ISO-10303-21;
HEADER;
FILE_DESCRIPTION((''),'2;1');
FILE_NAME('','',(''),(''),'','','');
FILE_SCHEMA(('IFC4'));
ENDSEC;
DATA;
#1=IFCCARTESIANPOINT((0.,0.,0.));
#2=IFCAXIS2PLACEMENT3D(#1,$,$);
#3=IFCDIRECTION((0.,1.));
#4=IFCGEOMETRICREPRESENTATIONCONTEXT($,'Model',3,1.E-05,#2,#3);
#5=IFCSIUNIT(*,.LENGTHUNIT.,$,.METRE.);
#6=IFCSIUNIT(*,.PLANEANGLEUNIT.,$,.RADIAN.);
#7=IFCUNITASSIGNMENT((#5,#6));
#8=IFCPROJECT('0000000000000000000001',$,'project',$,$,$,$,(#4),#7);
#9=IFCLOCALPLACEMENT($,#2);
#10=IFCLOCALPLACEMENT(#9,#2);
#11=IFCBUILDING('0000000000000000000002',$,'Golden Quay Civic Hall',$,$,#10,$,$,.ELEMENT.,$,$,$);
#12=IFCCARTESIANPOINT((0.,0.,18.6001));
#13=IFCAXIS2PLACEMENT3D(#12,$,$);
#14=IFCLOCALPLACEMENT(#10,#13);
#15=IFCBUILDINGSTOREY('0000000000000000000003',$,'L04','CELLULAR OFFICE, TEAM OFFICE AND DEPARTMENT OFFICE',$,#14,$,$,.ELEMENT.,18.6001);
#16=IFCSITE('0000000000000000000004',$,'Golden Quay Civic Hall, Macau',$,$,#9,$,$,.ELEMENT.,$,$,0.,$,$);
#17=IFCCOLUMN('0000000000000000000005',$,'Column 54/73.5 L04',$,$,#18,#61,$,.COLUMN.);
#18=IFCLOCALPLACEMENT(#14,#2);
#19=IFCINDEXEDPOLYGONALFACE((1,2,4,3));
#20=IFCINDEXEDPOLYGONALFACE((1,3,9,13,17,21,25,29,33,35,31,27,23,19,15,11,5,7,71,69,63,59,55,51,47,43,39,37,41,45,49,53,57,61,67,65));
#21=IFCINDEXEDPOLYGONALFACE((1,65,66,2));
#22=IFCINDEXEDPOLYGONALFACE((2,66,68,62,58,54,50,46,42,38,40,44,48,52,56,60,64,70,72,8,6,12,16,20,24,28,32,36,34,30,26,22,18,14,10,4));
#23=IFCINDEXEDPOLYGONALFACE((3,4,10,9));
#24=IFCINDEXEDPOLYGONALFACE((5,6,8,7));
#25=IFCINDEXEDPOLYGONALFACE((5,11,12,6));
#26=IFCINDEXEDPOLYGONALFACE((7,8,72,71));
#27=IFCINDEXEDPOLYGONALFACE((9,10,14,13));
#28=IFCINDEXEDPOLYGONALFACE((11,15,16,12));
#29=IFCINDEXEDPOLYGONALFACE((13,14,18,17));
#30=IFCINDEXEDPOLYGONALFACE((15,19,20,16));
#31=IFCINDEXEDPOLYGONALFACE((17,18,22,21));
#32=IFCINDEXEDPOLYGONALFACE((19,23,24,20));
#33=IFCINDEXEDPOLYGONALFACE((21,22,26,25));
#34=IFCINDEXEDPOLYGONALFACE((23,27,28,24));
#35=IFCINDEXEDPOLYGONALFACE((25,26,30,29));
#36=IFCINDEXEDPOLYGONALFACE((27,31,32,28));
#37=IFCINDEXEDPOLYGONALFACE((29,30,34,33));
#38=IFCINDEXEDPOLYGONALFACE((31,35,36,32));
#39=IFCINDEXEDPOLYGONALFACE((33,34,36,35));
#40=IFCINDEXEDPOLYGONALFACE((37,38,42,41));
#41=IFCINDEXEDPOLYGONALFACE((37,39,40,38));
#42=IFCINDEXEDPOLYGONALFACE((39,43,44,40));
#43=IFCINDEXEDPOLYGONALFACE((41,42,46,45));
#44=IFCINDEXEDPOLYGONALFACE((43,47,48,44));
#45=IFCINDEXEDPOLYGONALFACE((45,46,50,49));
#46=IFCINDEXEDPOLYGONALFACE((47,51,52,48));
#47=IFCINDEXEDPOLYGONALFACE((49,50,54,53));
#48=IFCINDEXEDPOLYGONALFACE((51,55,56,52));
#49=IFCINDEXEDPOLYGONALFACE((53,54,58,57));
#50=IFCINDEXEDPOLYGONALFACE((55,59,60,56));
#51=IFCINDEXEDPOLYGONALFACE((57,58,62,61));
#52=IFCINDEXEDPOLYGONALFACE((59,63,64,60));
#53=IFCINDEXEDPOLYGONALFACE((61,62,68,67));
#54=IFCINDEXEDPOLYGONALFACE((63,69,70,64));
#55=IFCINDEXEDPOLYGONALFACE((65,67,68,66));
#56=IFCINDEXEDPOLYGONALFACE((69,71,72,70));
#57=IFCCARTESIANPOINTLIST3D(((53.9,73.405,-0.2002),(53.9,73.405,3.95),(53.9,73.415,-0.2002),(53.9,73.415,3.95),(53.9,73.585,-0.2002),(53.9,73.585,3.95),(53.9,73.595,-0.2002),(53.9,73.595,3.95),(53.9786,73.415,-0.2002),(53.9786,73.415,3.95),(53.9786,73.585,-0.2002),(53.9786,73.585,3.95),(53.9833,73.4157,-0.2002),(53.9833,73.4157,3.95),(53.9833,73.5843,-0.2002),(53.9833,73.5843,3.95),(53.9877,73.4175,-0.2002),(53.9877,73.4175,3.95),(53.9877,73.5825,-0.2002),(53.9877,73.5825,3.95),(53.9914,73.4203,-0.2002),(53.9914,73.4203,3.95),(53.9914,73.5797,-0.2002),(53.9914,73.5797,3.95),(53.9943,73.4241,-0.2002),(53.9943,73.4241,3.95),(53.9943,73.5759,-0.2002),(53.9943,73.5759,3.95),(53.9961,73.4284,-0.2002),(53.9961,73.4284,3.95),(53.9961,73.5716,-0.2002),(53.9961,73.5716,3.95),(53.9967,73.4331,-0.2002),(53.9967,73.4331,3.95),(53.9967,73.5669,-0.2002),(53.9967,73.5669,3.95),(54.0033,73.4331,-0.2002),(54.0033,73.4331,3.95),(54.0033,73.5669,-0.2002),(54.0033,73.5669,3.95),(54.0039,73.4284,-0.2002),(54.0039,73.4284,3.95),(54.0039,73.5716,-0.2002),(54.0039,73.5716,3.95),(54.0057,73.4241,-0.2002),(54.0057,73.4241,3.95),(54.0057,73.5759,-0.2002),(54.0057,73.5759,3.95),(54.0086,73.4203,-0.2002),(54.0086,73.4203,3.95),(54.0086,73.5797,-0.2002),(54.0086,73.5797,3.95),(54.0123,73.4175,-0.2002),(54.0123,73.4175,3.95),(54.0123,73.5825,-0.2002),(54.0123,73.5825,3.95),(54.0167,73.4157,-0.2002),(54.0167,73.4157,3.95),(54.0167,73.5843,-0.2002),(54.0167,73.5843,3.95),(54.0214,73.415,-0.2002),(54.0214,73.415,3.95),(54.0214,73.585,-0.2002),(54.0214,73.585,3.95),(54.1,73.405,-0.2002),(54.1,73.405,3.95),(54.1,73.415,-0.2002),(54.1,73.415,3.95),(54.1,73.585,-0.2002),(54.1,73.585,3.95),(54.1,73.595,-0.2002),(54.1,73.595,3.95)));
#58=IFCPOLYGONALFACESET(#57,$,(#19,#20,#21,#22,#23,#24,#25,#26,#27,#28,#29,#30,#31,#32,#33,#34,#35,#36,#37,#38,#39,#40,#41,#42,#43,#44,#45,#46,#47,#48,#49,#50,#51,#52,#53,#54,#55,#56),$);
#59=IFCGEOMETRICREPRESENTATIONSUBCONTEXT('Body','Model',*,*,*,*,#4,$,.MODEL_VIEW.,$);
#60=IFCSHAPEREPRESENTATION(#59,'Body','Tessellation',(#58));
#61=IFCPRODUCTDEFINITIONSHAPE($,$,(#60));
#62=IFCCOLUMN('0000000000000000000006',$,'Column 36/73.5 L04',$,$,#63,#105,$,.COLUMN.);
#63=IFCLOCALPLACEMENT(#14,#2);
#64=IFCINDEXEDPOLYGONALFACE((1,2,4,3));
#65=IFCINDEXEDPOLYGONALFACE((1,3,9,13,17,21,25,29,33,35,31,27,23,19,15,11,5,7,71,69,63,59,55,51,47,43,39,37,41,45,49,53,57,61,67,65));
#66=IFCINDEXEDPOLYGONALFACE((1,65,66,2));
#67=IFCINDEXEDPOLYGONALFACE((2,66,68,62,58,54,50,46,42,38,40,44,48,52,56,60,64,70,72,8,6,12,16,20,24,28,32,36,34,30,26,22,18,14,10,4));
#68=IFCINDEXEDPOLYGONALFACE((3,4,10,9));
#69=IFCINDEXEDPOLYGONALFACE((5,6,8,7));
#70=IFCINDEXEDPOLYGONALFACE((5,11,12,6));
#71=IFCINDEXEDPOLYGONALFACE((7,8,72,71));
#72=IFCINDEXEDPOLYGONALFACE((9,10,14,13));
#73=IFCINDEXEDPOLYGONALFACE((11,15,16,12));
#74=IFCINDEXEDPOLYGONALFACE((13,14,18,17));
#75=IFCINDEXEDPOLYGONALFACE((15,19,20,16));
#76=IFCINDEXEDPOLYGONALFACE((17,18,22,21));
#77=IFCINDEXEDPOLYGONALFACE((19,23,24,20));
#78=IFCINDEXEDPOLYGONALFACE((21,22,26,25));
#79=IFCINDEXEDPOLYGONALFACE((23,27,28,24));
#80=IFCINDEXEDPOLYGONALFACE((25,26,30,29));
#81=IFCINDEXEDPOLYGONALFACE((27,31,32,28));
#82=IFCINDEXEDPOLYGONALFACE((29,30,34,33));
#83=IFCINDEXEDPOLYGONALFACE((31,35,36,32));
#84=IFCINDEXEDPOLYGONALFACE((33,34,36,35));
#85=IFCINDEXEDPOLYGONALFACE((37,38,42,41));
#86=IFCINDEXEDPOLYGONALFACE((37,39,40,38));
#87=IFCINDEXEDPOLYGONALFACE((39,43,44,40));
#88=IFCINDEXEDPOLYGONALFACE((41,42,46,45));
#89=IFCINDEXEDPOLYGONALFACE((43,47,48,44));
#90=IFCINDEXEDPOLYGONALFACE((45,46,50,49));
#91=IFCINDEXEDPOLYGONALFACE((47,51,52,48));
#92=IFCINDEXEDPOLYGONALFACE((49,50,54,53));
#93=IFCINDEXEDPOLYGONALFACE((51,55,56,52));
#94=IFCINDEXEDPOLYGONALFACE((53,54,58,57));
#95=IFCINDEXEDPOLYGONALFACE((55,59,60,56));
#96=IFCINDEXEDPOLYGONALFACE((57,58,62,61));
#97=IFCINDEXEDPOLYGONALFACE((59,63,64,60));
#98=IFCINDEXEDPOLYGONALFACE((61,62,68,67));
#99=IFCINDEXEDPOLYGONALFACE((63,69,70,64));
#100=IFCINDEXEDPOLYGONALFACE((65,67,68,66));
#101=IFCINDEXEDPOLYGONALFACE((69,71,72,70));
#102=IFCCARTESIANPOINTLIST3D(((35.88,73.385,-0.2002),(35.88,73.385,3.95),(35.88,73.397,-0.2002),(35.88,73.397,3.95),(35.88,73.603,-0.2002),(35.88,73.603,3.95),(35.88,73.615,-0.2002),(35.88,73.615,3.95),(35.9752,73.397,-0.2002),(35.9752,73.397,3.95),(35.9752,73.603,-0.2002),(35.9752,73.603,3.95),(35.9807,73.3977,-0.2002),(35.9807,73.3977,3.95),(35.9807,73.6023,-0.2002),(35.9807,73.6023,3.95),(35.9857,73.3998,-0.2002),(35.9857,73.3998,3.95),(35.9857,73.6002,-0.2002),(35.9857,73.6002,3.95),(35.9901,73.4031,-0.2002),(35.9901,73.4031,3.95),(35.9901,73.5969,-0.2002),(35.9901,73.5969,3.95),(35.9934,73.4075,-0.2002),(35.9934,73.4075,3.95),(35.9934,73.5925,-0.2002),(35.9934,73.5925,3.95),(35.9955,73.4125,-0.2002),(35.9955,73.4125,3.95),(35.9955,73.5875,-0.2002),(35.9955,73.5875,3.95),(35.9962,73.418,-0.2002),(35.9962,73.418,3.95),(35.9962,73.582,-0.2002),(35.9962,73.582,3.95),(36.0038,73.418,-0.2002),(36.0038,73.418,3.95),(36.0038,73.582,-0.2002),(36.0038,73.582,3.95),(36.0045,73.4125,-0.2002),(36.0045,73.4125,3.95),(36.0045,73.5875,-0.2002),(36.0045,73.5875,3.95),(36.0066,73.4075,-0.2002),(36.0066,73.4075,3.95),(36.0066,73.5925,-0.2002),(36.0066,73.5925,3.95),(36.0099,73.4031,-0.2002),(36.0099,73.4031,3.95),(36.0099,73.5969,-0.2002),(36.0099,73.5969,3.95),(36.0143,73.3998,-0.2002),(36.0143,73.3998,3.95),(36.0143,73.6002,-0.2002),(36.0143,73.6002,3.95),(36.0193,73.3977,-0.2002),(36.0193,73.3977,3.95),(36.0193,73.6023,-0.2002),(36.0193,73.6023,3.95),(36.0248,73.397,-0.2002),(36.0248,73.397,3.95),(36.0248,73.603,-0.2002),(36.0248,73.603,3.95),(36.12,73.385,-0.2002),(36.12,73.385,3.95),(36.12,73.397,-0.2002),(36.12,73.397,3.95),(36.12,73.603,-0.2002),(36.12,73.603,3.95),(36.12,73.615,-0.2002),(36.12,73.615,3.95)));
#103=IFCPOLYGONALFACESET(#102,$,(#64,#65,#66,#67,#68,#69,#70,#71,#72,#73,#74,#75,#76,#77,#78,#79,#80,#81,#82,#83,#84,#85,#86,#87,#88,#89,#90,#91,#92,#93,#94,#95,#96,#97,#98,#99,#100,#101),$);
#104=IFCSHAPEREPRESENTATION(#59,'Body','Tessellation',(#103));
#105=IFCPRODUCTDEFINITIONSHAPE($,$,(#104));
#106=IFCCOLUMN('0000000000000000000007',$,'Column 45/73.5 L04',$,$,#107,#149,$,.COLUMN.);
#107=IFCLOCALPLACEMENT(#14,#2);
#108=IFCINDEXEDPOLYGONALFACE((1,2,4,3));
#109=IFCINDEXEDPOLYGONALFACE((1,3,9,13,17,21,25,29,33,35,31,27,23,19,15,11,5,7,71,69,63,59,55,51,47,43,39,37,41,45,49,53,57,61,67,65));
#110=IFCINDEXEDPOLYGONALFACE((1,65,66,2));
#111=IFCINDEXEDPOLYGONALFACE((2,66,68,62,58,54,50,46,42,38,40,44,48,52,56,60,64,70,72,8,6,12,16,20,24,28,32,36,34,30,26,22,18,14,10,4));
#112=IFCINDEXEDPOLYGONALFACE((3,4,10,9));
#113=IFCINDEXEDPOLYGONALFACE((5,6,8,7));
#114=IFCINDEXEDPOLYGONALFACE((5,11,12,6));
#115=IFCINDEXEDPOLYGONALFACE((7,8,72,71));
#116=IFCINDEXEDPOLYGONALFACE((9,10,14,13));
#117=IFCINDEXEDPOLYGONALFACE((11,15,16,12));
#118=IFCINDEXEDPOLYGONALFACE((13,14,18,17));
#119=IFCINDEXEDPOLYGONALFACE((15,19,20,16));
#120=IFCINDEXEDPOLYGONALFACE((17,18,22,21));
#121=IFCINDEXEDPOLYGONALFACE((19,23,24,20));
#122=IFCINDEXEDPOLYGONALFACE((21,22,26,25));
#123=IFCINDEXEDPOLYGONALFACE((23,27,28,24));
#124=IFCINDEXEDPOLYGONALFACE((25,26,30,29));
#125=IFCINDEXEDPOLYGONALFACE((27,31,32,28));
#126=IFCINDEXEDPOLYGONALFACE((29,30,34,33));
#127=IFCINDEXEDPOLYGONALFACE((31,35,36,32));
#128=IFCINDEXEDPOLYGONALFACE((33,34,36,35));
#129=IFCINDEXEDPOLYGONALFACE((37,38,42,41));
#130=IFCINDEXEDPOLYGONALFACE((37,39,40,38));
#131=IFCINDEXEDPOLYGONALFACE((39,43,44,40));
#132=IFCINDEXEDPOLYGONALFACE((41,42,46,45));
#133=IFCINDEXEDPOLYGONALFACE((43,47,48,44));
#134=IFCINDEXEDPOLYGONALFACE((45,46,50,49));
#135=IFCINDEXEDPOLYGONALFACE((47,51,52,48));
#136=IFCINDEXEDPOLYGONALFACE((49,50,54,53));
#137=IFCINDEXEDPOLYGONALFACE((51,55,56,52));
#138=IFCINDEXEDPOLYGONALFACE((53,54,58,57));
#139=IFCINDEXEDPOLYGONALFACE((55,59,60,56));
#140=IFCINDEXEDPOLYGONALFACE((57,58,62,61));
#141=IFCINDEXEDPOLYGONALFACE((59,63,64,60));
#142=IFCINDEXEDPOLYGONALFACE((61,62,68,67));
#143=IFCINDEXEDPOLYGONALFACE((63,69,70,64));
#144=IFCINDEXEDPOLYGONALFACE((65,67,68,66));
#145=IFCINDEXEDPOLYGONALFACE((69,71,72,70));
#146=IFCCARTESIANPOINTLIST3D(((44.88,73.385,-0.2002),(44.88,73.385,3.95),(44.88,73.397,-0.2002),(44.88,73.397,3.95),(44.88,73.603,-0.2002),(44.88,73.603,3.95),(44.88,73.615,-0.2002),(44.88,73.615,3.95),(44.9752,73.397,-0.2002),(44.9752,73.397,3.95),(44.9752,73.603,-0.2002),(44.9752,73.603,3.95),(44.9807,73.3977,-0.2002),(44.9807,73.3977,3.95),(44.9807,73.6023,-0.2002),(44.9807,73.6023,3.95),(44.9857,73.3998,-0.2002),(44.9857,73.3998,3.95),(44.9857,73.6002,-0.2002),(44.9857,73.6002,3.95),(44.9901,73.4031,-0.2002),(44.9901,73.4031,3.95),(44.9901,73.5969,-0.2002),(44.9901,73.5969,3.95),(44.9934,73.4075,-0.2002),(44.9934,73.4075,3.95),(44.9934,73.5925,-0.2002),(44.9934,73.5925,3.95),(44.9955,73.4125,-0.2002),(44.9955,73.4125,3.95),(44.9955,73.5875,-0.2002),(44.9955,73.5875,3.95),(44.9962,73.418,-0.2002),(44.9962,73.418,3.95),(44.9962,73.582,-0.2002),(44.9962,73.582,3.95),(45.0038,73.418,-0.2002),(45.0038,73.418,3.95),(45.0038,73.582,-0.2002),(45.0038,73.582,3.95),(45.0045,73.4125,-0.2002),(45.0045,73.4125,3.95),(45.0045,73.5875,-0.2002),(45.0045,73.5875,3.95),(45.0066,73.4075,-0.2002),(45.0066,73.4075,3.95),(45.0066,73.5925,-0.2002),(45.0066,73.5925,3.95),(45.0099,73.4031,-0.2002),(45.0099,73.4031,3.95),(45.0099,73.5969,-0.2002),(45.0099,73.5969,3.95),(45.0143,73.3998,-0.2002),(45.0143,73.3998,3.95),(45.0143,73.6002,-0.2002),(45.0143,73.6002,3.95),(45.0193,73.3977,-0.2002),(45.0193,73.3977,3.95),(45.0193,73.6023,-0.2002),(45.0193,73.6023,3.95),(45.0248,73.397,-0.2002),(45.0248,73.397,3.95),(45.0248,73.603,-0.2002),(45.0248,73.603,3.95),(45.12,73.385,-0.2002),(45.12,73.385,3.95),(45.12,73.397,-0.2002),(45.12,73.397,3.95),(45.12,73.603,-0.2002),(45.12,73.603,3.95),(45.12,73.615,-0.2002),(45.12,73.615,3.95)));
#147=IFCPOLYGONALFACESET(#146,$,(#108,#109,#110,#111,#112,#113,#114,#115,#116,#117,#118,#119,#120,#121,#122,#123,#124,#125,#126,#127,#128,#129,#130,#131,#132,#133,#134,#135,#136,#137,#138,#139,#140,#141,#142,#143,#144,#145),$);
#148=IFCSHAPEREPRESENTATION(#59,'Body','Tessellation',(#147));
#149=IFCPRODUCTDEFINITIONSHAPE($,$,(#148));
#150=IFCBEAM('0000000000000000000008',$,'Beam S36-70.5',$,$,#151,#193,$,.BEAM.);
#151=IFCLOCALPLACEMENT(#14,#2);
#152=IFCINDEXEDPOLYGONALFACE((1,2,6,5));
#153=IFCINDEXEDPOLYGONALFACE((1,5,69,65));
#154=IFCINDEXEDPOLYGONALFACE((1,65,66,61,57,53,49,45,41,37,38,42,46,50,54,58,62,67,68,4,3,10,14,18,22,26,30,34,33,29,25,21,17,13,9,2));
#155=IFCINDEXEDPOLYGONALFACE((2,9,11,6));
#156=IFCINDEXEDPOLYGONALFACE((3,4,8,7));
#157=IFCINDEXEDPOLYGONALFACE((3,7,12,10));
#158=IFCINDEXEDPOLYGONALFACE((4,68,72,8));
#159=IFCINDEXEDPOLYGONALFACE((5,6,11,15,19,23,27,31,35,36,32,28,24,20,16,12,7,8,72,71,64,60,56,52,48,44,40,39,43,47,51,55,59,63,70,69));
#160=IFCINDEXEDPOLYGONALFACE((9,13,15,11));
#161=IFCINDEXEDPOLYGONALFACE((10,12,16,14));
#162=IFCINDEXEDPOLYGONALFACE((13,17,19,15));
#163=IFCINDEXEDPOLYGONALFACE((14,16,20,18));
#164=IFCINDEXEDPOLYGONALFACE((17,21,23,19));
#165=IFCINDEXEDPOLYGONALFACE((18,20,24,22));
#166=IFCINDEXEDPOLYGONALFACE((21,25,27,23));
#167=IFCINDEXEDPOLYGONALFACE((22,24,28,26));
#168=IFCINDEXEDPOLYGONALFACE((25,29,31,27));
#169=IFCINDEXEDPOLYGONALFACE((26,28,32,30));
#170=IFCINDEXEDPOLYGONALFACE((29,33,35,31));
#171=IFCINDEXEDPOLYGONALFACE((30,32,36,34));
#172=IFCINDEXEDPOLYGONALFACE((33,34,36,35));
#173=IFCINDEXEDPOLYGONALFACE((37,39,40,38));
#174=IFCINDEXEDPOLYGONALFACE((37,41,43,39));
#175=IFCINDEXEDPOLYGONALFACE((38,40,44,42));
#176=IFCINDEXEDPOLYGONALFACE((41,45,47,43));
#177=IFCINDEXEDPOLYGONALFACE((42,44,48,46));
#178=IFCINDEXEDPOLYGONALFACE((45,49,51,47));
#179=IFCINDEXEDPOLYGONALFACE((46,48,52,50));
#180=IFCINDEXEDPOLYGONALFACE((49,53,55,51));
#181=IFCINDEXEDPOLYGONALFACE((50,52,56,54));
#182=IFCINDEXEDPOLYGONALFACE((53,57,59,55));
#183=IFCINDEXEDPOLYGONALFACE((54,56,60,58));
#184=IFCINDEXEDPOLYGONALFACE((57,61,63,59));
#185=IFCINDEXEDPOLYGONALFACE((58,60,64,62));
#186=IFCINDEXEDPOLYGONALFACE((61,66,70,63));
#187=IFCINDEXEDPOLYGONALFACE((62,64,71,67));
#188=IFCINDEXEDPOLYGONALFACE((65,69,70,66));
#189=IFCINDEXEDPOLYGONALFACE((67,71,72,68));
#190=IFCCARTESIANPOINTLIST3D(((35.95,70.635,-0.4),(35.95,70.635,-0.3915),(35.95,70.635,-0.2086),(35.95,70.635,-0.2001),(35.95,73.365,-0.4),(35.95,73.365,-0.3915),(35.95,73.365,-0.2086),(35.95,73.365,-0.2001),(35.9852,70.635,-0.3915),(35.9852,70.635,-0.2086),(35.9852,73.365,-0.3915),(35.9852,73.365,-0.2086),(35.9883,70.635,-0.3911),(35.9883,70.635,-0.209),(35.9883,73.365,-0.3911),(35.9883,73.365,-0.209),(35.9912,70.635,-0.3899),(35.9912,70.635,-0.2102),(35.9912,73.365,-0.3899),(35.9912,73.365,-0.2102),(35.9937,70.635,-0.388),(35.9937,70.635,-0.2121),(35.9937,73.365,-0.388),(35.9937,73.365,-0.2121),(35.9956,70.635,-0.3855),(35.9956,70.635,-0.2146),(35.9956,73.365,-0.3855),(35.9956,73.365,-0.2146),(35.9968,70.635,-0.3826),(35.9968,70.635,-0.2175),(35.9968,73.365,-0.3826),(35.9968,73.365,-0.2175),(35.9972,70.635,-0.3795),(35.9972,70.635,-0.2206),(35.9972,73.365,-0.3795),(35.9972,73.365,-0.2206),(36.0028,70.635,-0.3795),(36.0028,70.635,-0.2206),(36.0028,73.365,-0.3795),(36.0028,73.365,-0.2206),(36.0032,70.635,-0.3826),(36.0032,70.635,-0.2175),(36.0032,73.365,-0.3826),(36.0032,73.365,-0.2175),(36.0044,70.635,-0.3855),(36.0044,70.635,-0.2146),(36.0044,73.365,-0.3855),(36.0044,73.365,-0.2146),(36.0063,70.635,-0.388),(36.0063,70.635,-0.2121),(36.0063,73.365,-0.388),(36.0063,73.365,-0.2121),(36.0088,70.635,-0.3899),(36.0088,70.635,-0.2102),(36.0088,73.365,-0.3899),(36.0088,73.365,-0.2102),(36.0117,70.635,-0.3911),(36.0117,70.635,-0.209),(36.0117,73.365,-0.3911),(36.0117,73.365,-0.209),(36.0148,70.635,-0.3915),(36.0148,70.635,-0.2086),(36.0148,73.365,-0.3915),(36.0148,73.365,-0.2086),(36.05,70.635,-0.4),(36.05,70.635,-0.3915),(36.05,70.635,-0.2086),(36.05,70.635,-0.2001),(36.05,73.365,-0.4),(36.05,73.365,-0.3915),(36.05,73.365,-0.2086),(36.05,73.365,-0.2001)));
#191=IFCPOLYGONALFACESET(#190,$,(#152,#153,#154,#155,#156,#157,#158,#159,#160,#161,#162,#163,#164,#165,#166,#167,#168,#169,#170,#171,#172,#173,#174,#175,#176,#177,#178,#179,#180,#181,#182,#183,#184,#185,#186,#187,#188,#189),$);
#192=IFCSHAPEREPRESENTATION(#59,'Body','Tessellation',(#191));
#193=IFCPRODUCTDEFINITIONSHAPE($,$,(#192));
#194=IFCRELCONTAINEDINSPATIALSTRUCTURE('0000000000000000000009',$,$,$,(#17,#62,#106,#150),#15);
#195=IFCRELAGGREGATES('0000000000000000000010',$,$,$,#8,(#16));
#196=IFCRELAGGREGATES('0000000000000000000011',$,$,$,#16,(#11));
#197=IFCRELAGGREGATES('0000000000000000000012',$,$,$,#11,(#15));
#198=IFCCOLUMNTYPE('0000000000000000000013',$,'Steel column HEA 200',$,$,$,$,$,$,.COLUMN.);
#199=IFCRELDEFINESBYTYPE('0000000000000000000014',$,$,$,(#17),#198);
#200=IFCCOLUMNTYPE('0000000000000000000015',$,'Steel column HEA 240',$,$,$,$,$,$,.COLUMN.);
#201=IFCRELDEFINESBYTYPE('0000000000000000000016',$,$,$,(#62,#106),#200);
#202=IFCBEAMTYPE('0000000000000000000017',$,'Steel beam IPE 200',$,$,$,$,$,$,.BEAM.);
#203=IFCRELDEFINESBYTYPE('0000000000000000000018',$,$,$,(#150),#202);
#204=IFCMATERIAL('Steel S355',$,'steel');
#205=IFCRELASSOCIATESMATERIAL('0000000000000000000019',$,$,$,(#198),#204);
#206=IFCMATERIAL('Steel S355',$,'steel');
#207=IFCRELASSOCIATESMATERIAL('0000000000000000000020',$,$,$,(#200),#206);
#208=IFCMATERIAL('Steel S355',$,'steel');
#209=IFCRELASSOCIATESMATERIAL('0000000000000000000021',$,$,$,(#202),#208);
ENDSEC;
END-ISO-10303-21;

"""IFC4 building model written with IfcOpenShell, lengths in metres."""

from ifc_helpers import new_model, si_unit, direction, frame, origin, origin_2d, place, context, subcontext, project, spatial, i_section, extrude, material, material_profile, profile_set, type_object, element, save


model = new_model("IFC4")

# Units and contexts
model_context = context("Model", 3, precision=1e-05, world=origin(), true_north=direction((0.0, 1.0)))
body_context = subcontext(model_context, "Body", "Model", "MODEL_VIEW")
ifc_project = project(units=[si_unit("LENGTHUNIT", "METRE"), si_unit("PLANEANGLEUNIT", "RADIAN")], contexts=[model_context])

# Site, building, storey
site_placement = place(None, origin())
site = spatial("IfcSite", under=ifc_project, at=site_placement, Name="Golden Quay Civic Hall, Macau", CompositionType="ELEMENT", RefElevation=0.0)
building_placement = place(site_placement, origin())
building = spatial("IfcBuilding", under=site, at=building_placement, Name="Golden Quay Civic Hall", CompositionType="ELEMENT")
storey_placement = place(building_placement, frame((0.0, 0.0, 18.6001)))
storey = spatial("IfcBuildingStorey", under=building, at=storey_placement, Name="L04", Description="CELLULAR OFFICE, TEAM OFFICE AND DEPARTMENT OFFICE", CompositionType="ELEMENT", Elevation=18.6001)

# Columns
ifc_material_1 = material(Name="Steel S355", Category="steel")
ifc_material_profile_1 = material_profile(ifc_material_1, i_section(OverallWidth=0.2, OverallDepth=0.1899, WebThickness=0.0066, FlangeThickness=0.01, FilletRadius=0.0181, at=origin_2d()), Name="HEA 200")
ifc_profile_set_1 = profile_set([ifc_material_profile_1], Name="Steel S355")
column_type_1 = type_object("IfcColumnType", Name="Steel column HEA 200", PredefinedType="COLUMN", material=ifc_profile_set_1)
column_placement = place(storey_placement, frame((54.0, 73.5, -0.2002), z_axis=(0.0, 0.0, 1.0), x_axis=(1.0, 0.0, 0.0)))
element("IfcColumn", 1, at=column_placement, inside=storey, type_object=column_type_1, Name="Column 54/73.5 L04", PredefinedType="COLUMN", context=body_context, shape_type="SweptSolid", body=[
    extrude(i_section(OverallWidth=0.2, OverallDepth=0.1899, WebThickness=0.0066, FlangeThickness=0.01, FilletRadius=0.0181, at=origin_2d()), origin(), (0.0, 0.0, 1.0), 4.1501),
])
ifc_material_2 = material(Name="Steel S355", Category="steel")
ifc_material_profile_2 = material_profile(ifc_material_2, i_section(OverallWidth=0.24, OverallDepth=0.23, WebThickness=0.0076, FlangeThickness=0.012, FilletRadius=0.021, at=origin_2d()), Name="HEA 240")
ifc_profile_set_2 = profile_set([ifc_material_profile_2], Name="Steel S355")
column_type_2 = type_object("IfcColumnType", Name="Steel column HEA 240", PredefinedType="COLUMN", material=ifc_profile_set_2)
for number, where, z_axis, x_axis, name in (
    (2, (36.0, 73.5, -0.2002), (0.0, 0.0, 1.0), (1.0, 0.0, 0.0), "Column 36/73.5 L04"),
    (3, (45.0, 73.5, -0.2002), (0.0, 0.0, 1.0), (1.0, 0.0, 0.0), "Column 45/73.5 L04"),
):
    element("IfcColumn", number, at=place(storey_placement, frame(where, z_axis=z_axis, x_axis=x_axis)), inside=storey, type_object=column_type_2, Name=name, PredefinedType="COLUMN", context=body_context, shape_type="SweptSolid", body=[
        extrude(i_section(OverallWidth=0.24, OverallDepth=0.23, WebThickness=0.0076, FlangeThickness=0.012, FilletRadius=0.021, at=origin_2d()), origin(), (0.0, 0.0, 1.0), 4.1501),
    ])

# Beam
ifc_material_3 = material(Name="Steel S355", Category="steel")
ifc_material_profile_3 = material_profile(ifc_material_3, i_section(OverallWidth=0.1001, OverallDepth=0.2, WebThickness=0.0056, FlangeThickness=0.0085, FilletRadius=0.012, at=origin_2d()), Name="IPE 200")
ifc_profile_set_3 = profile_set([ifc_material_profile_3], Name="Steel S355")
beam_type_1 = type_object("IfcBeamType", Name="Steel beam IPE 200", PredefinedType="BEAM", material=ifc_profile_set_3)
for number, where, z_axis, x_axis, name in (
    (4, (36.0, 70.635, -0.3), (0.0, 1.0, 0.0), (-1.0, 0.0, 0.0), "Beam S36-70.5"),
):
    element("IfcBeam", number, at=place(storey_placement, frame(where, z_axis=z_axis, x_axis=x_axis)), inside=storey, type_object=beam_type_1, Name=name, PredefinedType="BEAM", context=body_context, shape_type="SweptSolid", body=[
        extrude(i_section(OverallWidth=0.1001, OverallDepth=0.2, WebThickness=0.0056, FlangeThickness=0.0085, FilletRadius=0.012, at=origin_2d()), origin(), (0.0, 0.0, 1.0), 2.73),
    ])

save(model, "model.ifc")
